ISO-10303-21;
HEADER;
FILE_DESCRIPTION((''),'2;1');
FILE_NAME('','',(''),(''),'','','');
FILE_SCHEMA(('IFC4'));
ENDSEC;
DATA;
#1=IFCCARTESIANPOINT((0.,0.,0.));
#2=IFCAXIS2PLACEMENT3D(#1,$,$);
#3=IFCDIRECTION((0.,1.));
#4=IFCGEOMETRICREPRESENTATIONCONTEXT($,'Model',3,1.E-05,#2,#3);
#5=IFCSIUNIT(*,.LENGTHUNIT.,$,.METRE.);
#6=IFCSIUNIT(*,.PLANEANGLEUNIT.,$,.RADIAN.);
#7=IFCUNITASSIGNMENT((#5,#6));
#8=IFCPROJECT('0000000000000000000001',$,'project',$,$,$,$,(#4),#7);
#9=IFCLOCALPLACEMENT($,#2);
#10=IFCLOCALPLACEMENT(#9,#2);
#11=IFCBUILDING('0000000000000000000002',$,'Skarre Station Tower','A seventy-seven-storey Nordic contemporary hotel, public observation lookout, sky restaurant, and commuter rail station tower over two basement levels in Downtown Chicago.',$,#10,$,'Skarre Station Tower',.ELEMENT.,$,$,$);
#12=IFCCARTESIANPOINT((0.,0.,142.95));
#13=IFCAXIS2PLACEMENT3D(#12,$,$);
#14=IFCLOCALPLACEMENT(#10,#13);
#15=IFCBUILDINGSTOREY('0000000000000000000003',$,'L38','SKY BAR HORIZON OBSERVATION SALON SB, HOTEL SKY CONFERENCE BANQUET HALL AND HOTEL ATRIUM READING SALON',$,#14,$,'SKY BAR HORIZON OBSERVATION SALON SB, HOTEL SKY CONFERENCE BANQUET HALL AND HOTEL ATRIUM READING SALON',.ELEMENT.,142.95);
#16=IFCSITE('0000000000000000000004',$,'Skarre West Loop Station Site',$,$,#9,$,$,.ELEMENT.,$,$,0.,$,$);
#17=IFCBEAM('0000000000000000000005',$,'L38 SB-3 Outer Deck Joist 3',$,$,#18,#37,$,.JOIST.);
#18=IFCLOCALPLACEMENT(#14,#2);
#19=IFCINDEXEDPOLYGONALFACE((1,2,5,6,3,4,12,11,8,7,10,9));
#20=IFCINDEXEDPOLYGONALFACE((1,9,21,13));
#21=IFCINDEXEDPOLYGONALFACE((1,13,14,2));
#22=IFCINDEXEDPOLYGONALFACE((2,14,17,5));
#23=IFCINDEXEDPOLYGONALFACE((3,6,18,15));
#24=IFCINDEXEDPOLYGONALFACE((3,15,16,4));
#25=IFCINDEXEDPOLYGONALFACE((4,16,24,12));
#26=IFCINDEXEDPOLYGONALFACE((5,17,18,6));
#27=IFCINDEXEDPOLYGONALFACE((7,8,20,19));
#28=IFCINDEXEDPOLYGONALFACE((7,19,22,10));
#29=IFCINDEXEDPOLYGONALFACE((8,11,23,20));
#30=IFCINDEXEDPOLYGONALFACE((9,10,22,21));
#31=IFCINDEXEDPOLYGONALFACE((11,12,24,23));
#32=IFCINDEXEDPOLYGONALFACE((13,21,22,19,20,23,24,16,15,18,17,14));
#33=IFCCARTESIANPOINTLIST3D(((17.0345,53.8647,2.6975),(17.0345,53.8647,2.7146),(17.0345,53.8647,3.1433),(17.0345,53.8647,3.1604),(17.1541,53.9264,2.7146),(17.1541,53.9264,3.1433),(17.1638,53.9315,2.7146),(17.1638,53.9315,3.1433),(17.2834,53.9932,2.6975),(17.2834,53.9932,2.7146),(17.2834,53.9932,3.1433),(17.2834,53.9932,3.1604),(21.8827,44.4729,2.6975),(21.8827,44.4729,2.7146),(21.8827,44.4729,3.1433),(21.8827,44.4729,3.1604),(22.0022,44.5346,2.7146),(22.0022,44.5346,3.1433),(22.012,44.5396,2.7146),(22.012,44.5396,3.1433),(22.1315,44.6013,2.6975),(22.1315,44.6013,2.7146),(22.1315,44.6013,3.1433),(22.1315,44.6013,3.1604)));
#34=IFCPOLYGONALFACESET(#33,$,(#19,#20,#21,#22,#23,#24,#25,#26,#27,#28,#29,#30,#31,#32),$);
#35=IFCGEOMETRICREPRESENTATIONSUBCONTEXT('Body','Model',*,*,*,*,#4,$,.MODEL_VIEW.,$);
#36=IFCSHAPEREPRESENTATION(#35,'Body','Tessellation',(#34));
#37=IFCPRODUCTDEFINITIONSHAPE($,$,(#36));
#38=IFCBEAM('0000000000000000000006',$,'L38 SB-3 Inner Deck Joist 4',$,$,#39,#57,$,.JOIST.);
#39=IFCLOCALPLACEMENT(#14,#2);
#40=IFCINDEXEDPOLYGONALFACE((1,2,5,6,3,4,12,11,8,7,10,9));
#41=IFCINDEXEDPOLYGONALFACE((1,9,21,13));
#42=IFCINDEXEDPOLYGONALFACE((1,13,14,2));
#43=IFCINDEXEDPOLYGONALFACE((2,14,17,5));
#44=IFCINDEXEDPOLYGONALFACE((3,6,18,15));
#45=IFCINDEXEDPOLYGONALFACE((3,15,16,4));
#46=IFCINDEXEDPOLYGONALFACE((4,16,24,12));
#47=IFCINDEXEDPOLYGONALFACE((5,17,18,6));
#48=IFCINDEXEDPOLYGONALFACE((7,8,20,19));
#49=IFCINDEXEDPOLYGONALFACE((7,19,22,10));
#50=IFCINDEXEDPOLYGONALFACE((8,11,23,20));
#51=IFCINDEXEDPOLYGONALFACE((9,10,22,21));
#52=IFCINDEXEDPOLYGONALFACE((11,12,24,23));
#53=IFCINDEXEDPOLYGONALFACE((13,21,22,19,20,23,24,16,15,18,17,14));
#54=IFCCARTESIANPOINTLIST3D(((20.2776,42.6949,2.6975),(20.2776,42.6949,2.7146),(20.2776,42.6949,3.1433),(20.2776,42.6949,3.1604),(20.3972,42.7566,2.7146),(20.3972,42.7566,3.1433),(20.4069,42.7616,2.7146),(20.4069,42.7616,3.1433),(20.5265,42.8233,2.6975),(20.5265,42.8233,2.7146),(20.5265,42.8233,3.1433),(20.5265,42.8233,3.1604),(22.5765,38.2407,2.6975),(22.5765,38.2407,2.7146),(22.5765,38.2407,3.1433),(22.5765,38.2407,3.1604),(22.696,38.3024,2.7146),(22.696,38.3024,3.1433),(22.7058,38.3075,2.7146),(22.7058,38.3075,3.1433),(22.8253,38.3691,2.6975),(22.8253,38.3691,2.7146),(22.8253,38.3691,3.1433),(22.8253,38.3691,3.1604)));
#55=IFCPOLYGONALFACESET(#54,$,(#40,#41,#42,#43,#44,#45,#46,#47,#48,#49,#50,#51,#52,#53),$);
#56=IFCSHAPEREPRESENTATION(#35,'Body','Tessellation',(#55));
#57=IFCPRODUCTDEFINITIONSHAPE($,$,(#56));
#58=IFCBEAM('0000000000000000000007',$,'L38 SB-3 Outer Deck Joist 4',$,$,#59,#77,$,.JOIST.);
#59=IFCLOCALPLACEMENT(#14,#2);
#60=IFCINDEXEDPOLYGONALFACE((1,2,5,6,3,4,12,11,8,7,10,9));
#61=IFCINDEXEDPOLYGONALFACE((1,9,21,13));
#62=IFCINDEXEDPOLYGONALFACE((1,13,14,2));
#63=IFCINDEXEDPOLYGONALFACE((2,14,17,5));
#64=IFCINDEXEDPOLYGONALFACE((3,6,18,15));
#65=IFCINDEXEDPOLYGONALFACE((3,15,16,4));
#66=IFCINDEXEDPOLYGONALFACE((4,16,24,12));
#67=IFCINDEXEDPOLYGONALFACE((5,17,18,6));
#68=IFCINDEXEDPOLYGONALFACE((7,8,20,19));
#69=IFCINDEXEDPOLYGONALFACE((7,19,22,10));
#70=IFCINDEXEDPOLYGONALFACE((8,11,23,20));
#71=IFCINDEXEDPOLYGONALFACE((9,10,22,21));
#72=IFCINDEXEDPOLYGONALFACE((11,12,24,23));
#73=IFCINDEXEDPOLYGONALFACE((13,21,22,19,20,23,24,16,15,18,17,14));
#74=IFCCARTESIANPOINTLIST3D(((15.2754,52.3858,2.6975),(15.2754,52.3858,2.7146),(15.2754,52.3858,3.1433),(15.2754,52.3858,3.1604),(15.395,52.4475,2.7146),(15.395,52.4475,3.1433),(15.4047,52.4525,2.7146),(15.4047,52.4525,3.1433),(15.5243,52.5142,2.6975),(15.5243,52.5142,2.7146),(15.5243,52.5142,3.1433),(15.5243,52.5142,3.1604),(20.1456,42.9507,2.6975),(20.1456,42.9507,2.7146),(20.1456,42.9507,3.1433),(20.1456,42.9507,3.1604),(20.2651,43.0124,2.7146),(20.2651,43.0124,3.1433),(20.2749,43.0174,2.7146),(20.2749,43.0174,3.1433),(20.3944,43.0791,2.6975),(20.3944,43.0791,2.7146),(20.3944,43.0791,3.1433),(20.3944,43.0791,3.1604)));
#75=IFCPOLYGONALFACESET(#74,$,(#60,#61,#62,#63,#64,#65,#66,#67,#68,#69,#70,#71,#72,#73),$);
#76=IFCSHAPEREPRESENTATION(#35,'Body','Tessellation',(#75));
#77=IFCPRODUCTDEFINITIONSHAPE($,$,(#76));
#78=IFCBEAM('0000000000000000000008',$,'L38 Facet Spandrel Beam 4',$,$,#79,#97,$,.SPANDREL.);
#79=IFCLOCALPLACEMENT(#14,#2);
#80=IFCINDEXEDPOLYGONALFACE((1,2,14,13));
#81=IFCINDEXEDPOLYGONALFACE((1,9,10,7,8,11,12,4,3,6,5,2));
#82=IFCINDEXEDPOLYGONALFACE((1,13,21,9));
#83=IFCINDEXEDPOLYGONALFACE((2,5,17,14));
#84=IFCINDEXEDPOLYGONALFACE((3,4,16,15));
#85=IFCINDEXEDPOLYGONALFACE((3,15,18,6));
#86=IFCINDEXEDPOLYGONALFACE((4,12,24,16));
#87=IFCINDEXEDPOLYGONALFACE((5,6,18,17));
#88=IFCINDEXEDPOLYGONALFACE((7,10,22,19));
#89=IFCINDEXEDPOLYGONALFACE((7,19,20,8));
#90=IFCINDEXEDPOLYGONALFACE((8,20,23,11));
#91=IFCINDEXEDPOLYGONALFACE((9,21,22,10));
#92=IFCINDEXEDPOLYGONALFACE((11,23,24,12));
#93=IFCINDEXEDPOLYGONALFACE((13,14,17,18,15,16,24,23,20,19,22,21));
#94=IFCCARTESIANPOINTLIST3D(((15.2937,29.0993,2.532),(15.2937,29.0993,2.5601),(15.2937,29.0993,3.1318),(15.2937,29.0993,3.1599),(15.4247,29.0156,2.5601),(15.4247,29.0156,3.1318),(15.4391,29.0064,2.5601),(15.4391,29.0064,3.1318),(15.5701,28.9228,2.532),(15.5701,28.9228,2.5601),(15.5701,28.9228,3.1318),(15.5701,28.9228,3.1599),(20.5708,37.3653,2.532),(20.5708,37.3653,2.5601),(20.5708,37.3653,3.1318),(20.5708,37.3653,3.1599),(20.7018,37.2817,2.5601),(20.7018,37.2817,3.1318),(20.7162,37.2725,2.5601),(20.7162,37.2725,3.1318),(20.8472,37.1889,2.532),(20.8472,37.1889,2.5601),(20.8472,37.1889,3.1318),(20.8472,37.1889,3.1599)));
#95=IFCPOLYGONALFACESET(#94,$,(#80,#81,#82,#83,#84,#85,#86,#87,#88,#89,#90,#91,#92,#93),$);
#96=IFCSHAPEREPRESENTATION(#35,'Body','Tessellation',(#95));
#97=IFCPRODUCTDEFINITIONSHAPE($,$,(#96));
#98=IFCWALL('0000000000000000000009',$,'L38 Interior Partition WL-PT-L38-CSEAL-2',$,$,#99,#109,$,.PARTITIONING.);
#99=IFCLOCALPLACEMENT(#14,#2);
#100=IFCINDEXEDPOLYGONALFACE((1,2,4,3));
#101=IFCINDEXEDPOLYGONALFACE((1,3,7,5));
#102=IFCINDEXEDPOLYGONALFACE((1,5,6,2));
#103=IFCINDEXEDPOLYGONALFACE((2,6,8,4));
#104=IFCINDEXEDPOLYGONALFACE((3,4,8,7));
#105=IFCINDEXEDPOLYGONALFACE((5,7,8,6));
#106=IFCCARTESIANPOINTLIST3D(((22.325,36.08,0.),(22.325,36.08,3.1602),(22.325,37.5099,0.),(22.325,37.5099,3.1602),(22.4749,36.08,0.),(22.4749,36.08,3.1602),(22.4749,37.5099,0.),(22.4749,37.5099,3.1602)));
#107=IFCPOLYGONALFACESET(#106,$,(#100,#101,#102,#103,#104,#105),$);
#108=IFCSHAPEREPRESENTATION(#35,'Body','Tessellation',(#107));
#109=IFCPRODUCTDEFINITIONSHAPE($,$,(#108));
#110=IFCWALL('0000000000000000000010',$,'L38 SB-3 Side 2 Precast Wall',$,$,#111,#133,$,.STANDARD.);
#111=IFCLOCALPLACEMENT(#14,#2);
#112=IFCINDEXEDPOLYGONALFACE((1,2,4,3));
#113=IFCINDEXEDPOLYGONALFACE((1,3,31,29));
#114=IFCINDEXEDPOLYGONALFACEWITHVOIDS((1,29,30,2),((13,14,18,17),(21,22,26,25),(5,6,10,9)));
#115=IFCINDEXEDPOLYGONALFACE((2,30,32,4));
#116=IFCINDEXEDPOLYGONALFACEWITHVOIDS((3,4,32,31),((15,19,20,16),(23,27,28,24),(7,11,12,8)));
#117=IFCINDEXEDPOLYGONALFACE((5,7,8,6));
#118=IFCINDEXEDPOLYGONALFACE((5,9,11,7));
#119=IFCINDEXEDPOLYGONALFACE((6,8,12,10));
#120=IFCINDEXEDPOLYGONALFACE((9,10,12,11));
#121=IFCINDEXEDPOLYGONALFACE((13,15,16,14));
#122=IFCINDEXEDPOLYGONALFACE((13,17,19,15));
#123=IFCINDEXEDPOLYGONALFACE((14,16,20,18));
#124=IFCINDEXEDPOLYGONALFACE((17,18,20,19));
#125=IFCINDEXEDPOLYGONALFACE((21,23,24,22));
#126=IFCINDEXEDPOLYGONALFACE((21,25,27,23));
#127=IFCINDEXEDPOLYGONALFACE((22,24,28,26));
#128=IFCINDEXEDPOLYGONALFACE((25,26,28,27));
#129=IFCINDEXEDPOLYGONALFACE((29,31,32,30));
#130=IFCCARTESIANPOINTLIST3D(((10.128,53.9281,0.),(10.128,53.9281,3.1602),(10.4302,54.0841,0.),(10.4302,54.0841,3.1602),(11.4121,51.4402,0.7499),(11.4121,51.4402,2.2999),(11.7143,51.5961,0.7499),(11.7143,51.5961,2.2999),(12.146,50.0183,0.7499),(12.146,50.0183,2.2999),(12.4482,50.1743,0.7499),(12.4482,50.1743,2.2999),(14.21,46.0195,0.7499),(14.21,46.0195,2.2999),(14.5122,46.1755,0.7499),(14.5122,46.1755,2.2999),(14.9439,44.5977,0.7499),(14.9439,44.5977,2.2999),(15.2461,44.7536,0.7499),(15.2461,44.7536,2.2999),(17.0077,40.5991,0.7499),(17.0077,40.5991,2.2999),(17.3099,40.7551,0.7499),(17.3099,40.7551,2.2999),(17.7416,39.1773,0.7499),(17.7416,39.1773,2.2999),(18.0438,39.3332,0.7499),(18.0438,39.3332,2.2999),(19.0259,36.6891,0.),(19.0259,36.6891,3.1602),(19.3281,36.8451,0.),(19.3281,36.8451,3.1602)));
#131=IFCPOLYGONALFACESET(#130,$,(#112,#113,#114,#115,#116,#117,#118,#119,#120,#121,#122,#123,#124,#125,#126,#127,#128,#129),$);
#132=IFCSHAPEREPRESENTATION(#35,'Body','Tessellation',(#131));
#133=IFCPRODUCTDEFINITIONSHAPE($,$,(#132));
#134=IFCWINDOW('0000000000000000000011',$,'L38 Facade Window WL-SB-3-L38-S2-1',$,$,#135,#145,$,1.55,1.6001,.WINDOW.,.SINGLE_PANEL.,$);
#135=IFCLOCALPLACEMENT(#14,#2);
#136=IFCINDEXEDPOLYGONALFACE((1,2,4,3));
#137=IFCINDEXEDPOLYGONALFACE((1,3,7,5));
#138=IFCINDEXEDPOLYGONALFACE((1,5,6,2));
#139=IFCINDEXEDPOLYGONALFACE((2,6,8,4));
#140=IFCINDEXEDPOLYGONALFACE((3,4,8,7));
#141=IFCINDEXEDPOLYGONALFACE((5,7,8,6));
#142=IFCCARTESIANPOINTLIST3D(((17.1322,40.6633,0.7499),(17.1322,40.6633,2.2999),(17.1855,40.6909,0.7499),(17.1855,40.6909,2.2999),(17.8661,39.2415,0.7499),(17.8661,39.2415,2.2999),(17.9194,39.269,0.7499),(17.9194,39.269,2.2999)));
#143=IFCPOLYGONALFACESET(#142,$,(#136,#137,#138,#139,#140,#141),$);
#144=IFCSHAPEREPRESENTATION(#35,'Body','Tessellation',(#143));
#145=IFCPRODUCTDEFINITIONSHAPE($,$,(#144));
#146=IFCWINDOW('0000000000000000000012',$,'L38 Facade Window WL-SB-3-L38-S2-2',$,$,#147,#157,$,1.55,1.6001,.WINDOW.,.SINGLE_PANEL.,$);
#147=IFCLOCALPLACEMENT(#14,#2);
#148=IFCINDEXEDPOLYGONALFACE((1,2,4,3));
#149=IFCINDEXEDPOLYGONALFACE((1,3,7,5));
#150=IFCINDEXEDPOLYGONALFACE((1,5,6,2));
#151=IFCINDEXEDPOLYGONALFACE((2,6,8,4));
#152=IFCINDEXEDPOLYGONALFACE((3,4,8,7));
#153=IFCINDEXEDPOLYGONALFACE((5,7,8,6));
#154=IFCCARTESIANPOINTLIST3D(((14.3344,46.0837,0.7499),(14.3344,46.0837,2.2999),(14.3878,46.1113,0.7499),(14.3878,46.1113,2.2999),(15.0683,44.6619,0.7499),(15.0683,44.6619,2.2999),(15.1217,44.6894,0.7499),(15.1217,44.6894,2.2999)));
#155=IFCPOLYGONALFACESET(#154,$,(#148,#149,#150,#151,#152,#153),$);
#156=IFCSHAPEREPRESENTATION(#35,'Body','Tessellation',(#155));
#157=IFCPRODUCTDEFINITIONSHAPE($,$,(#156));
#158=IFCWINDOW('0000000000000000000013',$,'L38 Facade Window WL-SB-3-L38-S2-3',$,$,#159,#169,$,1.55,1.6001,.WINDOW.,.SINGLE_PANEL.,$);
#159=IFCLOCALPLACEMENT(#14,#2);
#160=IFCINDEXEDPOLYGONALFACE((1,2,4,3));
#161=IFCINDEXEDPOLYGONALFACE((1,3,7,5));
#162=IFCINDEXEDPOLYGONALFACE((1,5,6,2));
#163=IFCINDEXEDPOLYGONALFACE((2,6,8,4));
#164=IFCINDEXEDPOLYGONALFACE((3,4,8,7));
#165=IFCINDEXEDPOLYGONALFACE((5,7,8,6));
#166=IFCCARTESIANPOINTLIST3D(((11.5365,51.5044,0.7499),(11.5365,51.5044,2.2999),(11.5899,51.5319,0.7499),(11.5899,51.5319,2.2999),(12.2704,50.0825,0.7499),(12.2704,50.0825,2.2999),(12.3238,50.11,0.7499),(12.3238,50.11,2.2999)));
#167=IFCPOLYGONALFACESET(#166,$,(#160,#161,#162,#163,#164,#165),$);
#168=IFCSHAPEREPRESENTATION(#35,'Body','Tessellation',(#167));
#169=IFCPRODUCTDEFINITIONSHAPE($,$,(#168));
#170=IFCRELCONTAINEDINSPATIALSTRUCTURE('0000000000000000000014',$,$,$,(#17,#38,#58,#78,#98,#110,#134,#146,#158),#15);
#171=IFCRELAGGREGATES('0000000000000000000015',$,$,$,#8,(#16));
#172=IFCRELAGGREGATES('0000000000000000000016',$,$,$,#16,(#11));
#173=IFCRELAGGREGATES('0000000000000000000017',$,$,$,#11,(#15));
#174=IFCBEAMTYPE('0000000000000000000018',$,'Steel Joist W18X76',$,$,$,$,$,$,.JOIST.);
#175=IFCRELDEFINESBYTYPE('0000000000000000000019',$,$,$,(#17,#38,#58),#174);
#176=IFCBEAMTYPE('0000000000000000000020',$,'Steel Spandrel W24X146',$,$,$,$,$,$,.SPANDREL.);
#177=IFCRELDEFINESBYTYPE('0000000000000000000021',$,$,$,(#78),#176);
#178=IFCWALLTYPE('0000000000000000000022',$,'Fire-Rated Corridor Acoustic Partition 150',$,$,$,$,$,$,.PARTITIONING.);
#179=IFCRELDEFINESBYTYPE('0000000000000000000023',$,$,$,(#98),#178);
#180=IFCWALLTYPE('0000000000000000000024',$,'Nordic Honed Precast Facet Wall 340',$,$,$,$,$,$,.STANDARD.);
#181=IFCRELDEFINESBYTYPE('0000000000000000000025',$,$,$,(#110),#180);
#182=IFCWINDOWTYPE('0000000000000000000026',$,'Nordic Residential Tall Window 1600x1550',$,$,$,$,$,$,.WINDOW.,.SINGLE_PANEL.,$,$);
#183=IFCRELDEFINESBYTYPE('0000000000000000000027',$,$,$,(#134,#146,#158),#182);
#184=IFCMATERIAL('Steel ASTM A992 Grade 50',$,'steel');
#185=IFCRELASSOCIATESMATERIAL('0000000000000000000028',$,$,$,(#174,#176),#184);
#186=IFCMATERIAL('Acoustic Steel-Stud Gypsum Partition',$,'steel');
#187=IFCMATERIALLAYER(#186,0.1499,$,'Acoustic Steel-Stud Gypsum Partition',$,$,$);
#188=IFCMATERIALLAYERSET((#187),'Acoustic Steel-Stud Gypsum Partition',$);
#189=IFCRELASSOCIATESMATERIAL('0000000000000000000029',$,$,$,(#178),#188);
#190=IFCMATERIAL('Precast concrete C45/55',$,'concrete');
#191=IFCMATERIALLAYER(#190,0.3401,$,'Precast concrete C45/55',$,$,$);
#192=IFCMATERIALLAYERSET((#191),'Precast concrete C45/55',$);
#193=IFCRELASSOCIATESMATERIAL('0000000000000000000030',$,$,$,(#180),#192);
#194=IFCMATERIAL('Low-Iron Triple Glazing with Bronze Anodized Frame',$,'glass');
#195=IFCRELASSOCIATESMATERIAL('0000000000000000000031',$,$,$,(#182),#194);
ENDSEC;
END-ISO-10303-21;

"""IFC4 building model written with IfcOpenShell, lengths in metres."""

from ifc_helpers import new_model, si_unit, direction, frame, frame_2d, origin, origin_2d, place, context, subcontext, project, spatial, rectangle, i_section, extrude, material, layer, layer_set, material_profile, profile_set, type_object, element, fill, save


model = new_model("IFC4")

# Units and contexts
model_context = context("Model", 3, precision=1e-05, world=origin(), true_north=direction((0.0, 1.0)))
body_context = subcontext(model_context, "Body", "Model", "MODEL_VIEW")
ifc_project = project(units=[si_unit("LENGTHUNIT", "METRE"), si_unit("PLANEANGLEUNIT", "RADIAN")], contexts=[model_context])

# Site, building, storey
site_placement = place(None, origin())
site = spatial("IfcSite", under=ifc_project, at=site_placement, Name="Skarre West Loop Station Site", CompositionType="ELEMENT", RefElevation=0.0)
building_placement = place(site_placement, origin())
building = spatial("IfcBuilding", under=site, at=building_placement, Name="Skarre Station Tower", Description="A seventy-seven-storey Nordic contemporary hotel, public observation lookout, sky restaurant, and commuter rail station tower over two basement levels in Downtown Chicago.", LongName="Skarre Station Tower", CompositionType="ELEMENT")
storey_placement = place(building_placement, frame((0.0, 0.0, 142.95)))
storey = spatial("IfcBuildingStorey", under=building, at=storey_placement, Name="L38", Description="SKY BAR HORIZON OBSERVATION SALON SB, HOTEL SKY CONFERENCE BANQUET HALL AND HOTEL ATRIUM READING SALON", LongName="SKY BAR HORIZON OBSERVATION SALON SB, HOTEL SKY CONFERENCE BANQUET HALL AND HOTEL ATRIUM READING SALON", CompositionType="ELEMENT", Elevation=142.95)

# Beams
ifc_material_1 = material(Name="Steel ASTM A992 Grade 50", Category="steel")
ifc_material_profile_1 = material_profile(ifc_material_1, i_section(OverallWidth=0.28, OverallDepth=0.4629, WebThickness=0.011, FlangeThickness=0.0171, at=origin_2d()), Name="Steel ASTM A992 Grade 50")
ifc_profile_set_1 = profile_set([ifc_material_profile_1], Name="Steel ASTM A992 Grade 50")
beam_type_1 = type_object("IfcBeamType", Name="Steel Joist W18X76", PredefinedType="JOIST", material=ifc_profile_set_1)
beam_1_placement = place(storey_placement, frame((22.0071, 44.5371, 2.929), z_axis=(-0.458698, 0.888592, 0.0), x_axis=(-0.888592, -0.458698, 0.0)))
element("IfcBeam", 1, at=beam_1_placement, inside=storey, type_object=beam_type_1, Name="L38 SB-3 Outer Deck Joist 3", PredefinedType="JOIST", context=body_context, shape_type="SweptSolid", body=[
    extrude(i_section(OverallWidth=0.28, OverallDepth=0.4629, WebThickness=0.011, FlangeThickness=0.0171, at=origin_2d()), origin(), (0.0, 0.0, 1.0), 10.5693),
])
beam_2_placement = place(storey_placement, frame((22.7009, 38.3049, 2.929), z_axis=(-0.458633, 0.888626, 0.0), x_axis=(-0.888626, -0.458633, 0.0)))
element("IfcBeam", 2, at=beam_2_placement, inside=storey, type_object=beam_type_1, Name="L38 SB-3 Inner Deck Joist 4", PredefinedType="JOIST", context=body_context, shape_type="SweptSolid", body=[
    extrude(i_section(OverallWidth=0.28, OverallDepth=0.4629, WebThickness=0.011, FlangeThickness=0.0171, at=origin_2d()), origin(), (0.0, 0.0, 1.0), 5.0125),
])
beam_3_placement = place(storey_placement, frame((20.27, 43.0149, 2.929), z_axis=(-0.458673, 0.888605, 0.0), x_axis=(-0.888605, -0.458673, 0.0)))
element("IfcBeam", 3, at=beam_3_placement, inside=storey, type_object=beam_type_1, Name="L38 SB-3 Outer Deck Joist 4", PredefinedType="JOIST", context=body_context, shape_type="SweptSolid", body=[
    extrude(i_section(OverallWidth=0.28, OverallDepth=0.4629, WebThickness=0.011, FlangeThickness=0.0171, at=origin_2d()), origin(), (0.0, 0.0, 1.0), 10.6179),
])
ifc_material_profile_2 = material_profile(ifc_material_1, i_section(OverallWidth=0.3279, OverallDepth=0.6279, WebThickness=0.0171, FlangeThickness=0.0281, at=origin_2d()), Name="Steel ASTM A992 Grade 50")
ifc_profile_set_2 = profile_set([ifc_material_profile_2], Name="Steel ASTM A992 Grade 50")
beam_type_2 = type_object("IfcBeamType", Name="Steel Spandrel W24X146", PredefinedType="SPANDREL", material=ifc_profile_set_2)
beam_4_placement = place(storey_placement, frame((20.709, 37.2771, 2.8459), z_axis=(-0.538098, -0.842883, 0.0), x_axis=(0.842883, -0.538098, 0.0)))
element("IfcBeam", 4, at=beam_4_placement, inside=storey, type_object=beam_type_2, Name="L38 Facet Spandrel Beam 4", PredefinedType="SPANDREL", context=body_context, shape_type="SweptSolid", body=[
    extrude(i_section(OverallWidth=0.3279, OverallDepth=0.6279, WebThickness=0.0171, FlangeThickness=0.0281, at=origin_2d()), origin(), (0.0, 0.0, 1.0), 9.8069),
])

# Wall
ifc_material_2 = material(Name="Acoustic Steel-Stud Gypsum Partition", Category="steel")
ifc_layer_1 = layer(ifc_material_2, 0.1499, Name="Acoustic Steel-Stud Gypsum Partition")
ifc_layer_set_1 = layer_set([ifc_layer_1], Name="Acoustic Steel-Stud Gypsum Partition")
wall_type_1 = type_object("IfcWallType", Name="Fire-Rated Corridor Acoustic Partition 150", PredefinedType="PARTITIONING", material=ifc_layer_set_1)
wall_1_placement = place(storey_placement, frame((22.3999, 36.0801, 0.0), z_axis=(0.0, 0.0, 1.0), x_axis=(0.0, 1.0, 0.0)))
element("IfcWall", 5, at=wall_1_placement, inside=storey, type_object=wall_type_1, Name="L38 Interior Partition WL-PT-L38-CSEAL-2", PredefinedType="PARTITIONING", context=body_context, shape_type="SweptSolid", body=[
    extrude(rectangle(XDim=1.4299, YDim=0.1499, at=frame_2d((0.7148, 0.0))), origin(), (0.0, 0.0, 1.0), 3.1602),
])

# Wall, openings, windows
ifc_material_3 = material(Name="Precast concrete C45/55", Category="concrete")
ifc_layer_2 = layer(ifc_material_3, 0.3401, Name="Precast concrete C45/55")
ifc_layer_set_2 = layer_set([ifc_layer_2], Name="Precast concrete C45/55")
wall_type_2 = type_object("IfcWallType", Name="Nordic Honed Precast Facet Wall 340", PredefinedType="STANDARD", material=ifc_layer_set_2)
wall_2_placement = place(storey_placement, frame((19.177, 36.7671, 0.0), z_axis=(0.0, 0.0, 1.0), x_axis=(-0.458659, 0.888612, 0.0)))
wall_2 = element("IfcWall", 6, at=wall_2_placement, inside=storey, type_object=wall_type_2, Name="L38 SB-3 Side 2 Precast Wall", PredefinedType="STANDARD", context=body_context, shape_type="SweptSolid", body=[
    extrude(rectangle(XDim=19.3999, YDim=0.3401, at=frame_2d((9.7, 0.0))), origin(), (0.0, 0.0, 1.0), 3.1602),
])
opening_1_placement = place(wall_2_placement, frame((2.8, 0.0, 0.75)))
opening_1 = element("IfcOpeningElement", 7, at=opening_1_placement, cuts=wall_2, PredefinedType="OPENING", context=body_context, shape_type="SweptSolid", body=[
    extrude(rectangle(XDim=1.6001, YDim=1.55, at=frame_2d((0.8, 0.7749))), frame((0.0, 0.1799, 0.0), z_axis=(0.0, -1.0, 0.0), x_axis=(1.0, 0.0, 0.0)), (0.0, 0.0, 1.0), 0.3601),
])
opening_2_placement = place(wall_2_placement, frame((8.8999, 0.0, 0.75)))
opening_2 = element("IfcOpeningElement", 8, at=opening_2_placement, cuts=wall_2, PredefinedType="OPENING", context=body_context, shape_type="SweptSolid", body=[
    extrude(rectangle(XDim=1.6001, YDim=1.55, at=frame_2d((0.8, 0.7749))), frame((0.0, 0.1799, 0.0), z_axis=(0.0, -1.0, 0.0), x_axis=(1.0, 0.0, 0.0)), (0.0, 0.0, 1.0), 0.3601),
])
opening_3_placement = place(wall_2_placement, frame((15.0, 0.0, 0.75)))
opening_3 = element("IfcOpeningElement", 9, at=opening_3_placement, cuts=wall_2, PredefinedType="OPENING", context=body_context, shape_type="SweptSolid", body=[
    extrude(rectangle(XDim=1.6001, YDim=1.55, at=frame_2d((0.8, 0.7749))), frame((0.0, 0.1799, 0.0), z_axis=(0.0, -1.0, 0.0), x_axis=(1.0, 0.0, 0.0)), (0.0, 0.0, 1.0), 0.3601),
])
ifc_material_4 = material(Name="Low-Iron Triple Glazing with Bronze Anodized Frame", Category="glass")
window_type = type_object("IfcWindowType", Name="Nordic Residential Tall Window 1600x1550", PartitioningType="SINGLE_PANEL", PredefinedType="WINDOW", material=ifc_material_4)
window_1_placement = place(opening_1_placement, origin())
window_1 = element("IfcWindow", 10, at=window_1_placement, inside=storey, type_object=window_type, Name="L38 Facade Window WL-SB-3-L38-S2-1", OverallHeight=1.55, OverallWidth=1.6001, PartitioningType="SINGLE_PANEL", PredefinedType="WINDOW", context=body_context, shape_type="SweptSolid", body=[
    extrude(rectangle(XDim=1.6001, YDim=1.55, at=frame_2d((0.8, 0.7749))), frame((0.0, 0.03, 0.0), z_axis=(0.0, -1.0, 0.0), x_axis=(1.0, 0.0, 0.0)), (0.0, 0.0, 1.0), 0.0601),
])
fill(opening_1, window_1)
window_2_placement = place(opening_2_placement, origin())
window_2 = element("IfcWindow", 11, at=window_2_placement, inside=storey, type_object=window_type, Name="L38 Facade Window WL-SB-3-L38-S2-2", OverallHeight=1.55, OverallWidth=1.6001, PartitioningType="SINGLE_PANEL", PredefinedType="WINDOW", context=body_context, shape_type="SweptSolid", body=[
    extrude(rectangle(XDim=1.6001, YDim=1.55, at=frame_2d((0.8, 0.7749))), frame((0.0, 0.03, 0.0), z_axis=(0.0, -1.0, 0.0), x_axis=(1.0, 0.0, 0.0)), (0.0, 0.0, 1.0), 0.0601),
])
fill(opening_2, window_2)
window_3_placement = place(opening_3_placement, origin())
window_3 = element("IfcWindow", 12, at=window_3_placement, inside=storey, type_object=window_type, Name="L38 Facade Window WL-SB-3-L38-S2-3", OverallHeight=1.55, OverallWidth=1.6001, PartitioningType="SINGLE_PANEL", PredefinedType="WINDOW", context=body_context, shape_type="SweptSolid", body=[
    extrude(rectangle(XDim=1.6001, YDim=1.55, at=frame_2d((0.8, 0.7749))), frame((0.0, 0.03, 0.0), z_axis=(0.0, -1.0, 0.0), x_axis=(1.0, 0.0, 0.0)), (0.0, 0.0, 1.0), 0.0601),
])
fill(opening_3, window_3)

save(model, "model.ifc")
